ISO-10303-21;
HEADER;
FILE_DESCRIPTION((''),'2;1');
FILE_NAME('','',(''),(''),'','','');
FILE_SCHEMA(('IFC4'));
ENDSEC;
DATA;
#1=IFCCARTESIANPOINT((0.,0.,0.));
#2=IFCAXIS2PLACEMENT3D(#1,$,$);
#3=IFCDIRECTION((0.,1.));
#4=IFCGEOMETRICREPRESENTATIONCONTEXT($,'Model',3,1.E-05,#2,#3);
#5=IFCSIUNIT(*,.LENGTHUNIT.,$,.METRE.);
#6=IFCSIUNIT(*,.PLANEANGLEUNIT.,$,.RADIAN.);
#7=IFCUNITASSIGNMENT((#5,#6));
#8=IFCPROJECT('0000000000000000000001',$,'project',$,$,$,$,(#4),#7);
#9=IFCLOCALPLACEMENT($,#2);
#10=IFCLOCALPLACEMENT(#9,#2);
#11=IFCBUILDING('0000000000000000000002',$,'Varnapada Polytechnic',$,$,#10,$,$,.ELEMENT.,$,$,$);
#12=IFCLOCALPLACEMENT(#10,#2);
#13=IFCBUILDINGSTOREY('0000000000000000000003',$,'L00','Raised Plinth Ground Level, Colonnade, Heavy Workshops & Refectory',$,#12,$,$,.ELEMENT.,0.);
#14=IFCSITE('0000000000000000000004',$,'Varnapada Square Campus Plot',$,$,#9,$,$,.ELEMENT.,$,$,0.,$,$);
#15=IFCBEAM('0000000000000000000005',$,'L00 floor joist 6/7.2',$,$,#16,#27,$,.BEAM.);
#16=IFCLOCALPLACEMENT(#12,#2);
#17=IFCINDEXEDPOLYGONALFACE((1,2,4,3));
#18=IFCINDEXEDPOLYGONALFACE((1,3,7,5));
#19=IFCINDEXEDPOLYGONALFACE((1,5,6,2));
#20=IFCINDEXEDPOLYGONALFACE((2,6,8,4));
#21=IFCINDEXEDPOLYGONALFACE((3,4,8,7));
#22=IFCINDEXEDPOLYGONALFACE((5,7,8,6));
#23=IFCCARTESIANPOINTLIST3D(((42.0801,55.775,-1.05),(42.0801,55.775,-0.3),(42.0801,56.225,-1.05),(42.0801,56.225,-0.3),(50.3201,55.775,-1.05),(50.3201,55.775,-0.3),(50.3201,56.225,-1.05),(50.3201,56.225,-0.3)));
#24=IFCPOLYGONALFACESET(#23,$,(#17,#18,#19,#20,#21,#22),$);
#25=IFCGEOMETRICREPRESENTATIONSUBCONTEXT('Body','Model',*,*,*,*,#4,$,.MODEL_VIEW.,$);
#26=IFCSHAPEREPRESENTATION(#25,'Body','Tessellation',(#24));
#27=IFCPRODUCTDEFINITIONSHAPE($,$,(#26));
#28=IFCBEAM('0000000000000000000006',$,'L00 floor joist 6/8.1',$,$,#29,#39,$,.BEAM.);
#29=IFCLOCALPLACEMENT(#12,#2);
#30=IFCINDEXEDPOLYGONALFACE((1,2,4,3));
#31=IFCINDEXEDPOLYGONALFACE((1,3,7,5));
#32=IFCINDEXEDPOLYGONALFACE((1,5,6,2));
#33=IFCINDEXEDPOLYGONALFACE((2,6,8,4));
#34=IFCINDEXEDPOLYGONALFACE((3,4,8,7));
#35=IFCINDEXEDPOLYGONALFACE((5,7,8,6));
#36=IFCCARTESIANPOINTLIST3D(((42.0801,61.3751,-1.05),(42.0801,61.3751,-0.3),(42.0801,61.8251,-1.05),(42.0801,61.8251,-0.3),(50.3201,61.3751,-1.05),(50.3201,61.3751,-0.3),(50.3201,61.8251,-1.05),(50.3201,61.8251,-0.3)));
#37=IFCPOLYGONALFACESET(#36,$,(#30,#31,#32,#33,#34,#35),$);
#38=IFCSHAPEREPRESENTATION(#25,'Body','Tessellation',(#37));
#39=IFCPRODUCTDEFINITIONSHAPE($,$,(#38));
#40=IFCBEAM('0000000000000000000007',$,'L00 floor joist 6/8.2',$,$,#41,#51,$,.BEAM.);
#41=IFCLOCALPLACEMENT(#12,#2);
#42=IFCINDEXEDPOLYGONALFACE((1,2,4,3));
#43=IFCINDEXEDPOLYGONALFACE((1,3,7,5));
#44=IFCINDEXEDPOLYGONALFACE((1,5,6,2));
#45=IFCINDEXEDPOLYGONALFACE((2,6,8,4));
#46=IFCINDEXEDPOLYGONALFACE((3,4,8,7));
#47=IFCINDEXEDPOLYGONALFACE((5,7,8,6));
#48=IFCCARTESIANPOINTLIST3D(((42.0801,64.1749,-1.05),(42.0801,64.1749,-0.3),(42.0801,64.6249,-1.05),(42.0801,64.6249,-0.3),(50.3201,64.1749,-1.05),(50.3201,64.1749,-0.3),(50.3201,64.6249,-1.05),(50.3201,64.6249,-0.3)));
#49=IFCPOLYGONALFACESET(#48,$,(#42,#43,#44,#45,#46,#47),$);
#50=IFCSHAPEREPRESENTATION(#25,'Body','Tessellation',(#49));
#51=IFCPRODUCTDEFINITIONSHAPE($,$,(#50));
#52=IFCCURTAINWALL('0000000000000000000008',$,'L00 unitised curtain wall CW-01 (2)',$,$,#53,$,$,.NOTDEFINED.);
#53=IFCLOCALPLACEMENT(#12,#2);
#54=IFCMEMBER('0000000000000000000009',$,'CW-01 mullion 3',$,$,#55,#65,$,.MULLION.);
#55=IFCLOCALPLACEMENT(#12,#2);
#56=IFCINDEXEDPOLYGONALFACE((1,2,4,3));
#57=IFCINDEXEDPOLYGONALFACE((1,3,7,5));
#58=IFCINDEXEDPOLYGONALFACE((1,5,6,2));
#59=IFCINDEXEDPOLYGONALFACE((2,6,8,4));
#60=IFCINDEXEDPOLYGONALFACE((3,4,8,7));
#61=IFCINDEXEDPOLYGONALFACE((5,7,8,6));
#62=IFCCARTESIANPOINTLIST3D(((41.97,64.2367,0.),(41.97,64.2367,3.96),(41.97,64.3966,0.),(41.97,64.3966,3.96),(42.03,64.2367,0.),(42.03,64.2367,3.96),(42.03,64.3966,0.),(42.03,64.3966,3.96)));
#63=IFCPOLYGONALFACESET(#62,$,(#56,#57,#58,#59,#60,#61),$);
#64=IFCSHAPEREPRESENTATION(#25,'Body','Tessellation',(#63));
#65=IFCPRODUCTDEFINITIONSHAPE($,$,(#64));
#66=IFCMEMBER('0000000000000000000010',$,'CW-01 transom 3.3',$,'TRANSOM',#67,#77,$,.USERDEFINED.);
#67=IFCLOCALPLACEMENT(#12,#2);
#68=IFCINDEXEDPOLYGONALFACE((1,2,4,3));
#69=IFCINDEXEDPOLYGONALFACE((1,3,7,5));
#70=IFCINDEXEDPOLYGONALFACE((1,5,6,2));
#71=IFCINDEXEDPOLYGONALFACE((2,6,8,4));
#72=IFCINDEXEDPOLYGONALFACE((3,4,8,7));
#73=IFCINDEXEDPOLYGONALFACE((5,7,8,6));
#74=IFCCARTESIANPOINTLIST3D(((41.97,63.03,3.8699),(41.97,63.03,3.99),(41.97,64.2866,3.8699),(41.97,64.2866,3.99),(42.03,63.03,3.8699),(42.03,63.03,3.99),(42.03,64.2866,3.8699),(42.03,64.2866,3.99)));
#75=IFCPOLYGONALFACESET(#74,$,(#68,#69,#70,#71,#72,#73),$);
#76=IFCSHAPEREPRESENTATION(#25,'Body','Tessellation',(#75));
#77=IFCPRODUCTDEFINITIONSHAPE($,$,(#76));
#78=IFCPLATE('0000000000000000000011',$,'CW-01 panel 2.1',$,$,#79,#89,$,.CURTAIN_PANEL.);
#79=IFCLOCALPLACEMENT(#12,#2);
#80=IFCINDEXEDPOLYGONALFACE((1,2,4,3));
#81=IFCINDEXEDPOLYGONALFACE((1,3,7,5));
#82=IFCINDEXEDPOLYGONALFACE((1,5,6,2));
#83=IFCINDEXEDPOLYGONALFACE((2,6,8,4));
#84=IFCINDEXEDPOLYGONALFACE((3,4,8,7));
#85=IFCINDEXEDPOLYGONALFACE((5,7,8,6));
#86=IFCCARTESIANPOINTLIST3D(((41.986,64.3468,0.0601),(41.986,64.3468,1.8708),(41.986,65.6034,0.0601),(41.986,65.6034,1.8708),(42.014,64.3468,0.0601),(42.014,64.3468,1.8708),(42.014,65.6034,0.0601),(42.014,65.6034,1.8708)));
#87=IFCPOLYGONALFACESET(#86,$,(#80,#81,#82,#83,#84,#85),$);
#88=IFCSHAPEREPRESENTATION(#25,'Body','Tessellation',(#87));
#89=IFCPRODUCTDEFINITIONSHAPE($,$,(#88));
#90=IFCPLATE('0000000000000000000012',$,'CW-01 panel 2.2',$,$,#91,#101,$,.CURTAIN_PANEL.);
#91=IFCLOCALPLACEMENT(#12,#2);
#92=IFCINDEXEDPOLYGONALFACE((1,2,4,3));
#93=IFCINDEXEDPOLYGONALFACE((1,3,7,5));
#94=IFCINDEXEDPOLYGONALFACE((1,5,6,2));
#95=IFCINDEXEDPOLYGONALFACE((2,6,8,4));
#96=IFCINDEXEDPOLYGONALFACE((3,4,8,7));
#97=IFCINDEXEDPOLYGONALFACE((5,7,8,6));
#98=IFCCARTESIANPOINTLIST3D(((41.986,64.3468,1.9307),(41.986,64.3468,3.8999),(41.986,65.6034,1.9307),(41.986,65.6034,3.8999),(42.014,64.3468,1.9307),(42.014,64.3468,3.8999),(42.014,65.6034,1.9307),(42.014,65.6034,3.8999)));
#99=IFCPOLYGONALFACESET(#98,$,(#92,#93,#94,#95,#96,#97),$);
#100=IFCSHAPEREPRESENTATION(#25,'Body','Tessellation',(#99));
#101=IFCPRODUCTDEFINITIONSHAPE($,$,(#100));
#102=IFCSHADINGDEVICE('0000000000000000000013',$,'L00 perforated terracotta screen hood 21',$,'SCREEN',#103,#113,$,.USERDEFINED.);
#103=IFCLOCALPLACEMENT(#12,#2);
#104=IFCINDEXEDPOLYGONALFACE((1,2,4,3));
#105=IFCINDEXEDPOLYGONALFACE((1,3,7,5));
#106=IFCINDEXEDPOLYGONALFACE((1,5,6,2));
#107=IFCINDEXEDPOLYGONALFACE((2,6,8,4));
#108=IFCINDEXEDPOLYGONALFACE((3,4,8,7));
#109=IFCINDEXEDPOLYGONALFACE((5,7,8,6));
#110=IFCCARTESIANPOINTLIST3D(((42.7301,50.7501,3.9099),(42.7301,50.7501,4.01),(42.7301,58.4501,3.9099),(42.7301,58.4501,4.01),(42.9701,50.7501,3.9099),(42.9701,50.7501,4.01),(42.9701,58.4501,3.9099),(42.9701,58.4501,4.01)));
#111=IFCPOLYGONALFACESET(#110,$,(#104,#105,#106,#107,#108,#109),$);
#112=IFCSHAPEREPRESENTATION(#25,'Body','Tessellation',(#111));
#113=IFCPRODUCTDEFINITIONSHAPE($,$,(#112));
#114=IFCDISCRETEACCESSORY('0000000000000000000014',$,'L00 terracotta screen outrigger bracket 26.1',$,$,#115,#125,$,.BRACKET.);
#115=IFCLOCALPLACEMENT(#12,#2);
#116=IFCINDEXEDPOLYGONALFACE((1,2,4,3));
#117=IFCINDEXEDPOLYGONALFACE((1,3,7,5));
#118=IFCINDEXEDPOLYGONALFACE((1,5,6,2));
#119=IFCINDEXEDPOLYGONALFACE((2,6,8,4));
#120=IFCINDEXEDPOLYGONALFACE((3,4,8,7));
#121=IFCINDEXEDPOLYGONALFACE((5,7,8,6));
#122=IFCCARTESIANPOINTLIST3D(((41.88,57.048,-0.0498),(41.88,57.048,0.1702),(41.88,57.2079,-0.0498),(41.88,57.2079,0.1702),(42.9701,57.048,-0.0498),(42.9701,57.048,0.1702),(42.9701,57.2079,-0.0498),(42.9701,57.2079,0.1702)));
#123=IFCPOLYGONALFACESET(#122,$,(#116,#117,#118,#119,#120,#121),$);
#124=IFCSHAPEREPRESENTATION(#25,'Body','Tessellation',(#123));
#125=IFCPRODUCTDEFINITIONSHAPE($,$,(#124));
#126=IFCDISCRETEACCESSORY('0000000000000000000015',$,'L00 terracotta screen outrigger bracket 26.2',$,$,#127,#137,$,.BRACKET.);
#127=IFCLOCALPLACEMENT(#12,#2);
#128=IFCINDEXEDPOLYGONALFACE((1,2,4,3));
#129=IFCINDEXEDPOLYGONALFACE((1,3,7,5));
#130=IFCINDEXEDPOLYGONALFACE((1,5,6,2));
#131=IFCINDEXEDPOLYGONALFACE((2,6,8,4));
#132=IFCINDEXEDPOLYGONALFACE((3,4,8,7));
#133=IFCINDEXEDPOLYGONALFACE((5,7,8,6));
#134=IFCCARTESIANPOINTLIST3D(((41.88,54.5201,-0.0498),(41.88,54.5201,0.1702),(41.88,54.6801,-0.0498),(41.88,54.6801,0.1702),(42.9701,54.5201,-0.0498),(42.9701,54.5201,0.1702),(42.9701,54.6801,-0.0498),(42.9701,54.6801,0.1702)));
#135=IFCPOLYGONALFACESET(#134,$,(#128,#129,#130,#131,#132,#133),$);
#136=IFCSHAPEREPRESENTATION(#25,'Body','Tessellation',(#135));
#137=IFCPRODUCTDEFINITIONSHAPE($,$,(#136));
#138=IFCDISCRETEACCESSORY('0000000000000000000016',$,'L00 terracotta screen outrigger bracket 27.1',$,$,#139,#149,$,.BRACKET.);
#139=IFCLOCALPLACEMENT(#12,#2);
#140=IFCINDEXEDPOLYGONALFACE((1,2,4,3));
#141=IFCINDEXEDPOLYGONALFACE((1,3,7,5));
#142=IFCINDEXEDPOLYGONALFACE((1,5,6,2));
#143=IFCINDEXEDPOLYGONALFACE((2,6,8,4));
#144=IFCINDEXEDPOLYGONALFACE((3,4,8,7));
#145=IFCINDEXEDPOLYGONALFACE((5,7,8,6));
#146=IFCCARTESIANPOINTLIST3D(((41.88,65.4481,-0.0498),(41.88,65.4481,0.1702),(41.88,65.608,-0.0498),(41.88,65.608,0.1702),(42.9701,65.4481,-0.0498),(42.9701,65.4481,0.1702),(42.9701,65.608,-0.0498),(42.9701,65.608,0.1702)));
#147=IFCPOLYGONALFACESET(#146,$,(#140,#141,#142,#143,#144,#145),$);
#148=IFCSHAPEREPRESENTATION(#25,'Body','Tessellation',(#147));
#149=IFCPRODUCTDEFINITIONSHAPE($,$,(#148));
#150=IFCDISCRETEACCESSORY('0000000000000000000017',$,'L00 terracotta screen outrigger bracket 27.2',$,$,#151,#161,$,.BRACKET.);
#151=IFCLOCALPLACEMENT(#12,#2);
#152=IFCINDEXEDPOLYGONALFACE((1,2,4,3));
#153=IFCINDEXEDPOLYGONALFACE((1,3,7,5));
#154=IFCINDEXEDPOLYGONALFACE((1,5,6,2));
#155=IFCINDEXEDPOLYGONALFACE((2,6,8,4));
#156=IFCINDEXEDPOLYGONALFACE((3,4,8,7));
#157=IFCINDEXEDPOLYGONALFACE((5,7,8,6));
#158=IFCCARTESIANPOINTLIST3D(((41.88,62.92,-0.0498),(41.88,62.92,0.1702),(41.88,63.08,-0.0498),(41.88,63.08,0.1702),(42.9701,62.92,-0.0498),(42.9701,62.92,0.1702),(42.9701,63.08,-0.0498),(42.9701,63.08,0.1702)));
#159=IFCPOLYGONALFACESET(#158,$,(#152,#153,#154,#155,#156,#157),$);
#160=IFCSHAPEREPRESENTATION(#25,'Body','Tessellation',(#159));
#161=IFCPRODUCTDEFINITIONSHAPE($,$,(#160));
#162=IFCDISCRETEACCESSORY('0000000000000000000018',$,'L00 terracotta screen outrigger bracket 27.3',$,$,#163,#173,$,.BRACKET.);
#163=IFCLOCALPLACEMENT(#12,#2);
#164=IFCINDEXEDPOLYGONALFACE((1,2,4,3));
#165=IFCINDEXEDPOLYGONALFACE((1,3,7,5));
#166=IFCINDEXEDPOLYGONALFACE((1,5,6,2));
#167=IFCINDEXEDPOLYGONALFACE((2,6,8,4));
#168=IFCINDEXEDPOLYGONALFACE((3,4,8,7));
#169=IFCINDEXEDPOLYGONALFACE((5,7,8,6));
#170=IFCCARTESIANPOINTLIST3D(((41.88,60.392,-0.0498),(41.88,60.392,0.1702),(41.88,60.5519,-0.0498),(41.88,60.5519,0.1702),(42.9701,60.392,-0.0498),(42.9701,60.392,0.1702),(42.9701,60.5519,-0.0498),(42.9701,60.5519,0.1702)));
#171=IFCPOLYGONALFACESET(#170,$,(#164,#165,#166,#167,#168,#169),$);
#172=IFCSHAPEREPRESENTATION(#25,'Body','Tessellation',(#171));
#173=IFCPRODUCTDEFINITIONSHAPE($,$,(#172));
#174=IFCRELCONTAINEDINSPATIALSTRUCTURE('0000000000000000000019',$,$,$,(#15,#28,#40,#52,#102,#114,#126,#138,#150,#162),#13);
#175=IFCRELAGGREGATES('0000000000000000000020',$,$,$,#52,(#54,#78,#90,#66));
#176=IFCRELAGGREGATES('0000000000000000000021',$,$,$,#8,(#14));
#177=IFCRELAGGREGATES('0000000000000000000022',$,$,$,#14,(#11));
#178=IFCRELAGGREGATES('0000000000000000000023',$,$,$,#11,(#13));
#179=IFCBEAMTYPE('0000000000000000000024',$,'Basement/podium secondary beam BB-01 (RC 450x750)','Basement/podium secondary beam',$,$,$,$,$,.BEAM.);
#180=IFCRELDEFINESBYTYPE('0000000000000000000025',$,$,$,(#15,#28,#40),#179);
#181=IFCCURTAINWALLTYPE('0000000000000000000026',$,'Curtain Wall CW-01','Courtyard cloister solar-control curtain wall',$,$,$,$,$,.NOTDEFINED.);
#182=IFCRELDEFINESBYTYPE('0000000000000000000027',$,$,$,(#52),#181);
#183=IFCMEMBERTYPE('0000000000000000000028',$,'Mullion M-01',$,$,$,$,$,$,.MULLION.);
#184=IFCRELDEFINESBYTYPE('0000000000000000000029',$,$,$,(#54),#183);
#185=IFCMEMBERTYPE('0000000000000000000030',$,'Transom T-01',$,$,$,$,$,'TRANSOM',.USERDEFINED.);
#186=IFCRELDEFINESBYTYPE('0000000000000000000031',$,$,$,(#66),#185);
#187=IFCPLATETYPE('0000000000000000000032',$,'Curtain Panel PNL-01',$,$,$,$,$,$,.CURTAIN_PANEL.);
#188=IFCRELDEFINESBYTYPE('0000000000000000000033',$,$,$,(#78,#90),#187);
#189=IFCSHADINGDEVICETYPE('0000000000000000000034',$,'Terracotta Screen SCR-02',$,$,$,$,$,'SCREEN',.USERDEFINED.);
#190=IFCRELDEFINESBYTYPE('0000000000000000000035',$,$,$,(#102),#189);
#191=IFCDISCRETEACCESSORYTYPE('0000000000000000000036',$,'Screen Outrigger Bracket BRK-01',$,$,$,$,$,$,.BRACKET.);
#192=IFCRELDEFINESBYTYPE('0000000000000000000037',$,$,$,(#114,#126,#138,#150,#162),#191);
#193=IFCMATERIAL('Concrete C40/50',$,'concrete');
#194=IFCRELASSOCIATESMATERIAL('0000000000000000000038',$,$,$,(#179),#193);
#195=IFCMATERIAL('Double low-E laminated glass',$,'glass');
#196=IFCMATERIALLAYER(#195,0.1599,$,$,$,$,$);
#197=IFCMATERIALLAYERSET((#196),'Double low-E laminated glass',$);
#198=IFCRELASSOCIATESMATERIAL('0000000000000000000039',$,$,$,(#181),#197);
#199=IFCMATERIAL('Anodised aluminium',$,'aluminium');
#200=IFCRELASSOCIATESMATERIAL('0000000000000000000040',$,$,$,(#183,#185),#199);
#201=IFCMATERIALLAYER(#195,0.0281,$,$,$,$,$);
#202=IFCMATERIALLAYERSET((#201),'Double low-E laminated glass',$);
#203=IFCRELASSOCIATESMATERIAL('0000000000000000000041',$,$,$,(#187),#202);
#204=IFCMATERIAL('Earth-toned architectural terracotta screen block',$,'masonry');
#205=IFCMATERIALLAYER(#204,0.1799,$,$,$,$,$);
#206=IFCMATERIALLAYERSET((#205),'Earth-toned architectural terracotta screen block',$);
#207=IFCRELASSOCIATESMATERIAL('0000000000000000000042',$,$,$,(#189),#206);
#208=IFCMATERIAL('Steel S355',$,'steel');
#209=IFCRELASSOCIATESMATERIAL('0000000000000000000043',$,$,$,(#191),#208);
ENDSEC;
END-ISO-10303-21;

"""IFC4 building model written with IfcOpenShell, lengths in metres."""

from ifc_helpers import new_model, si_unit, direction, frame, origin, origin_2d, place, context, subcontext, project, spatial, rectangle, extrude, material, layer, layer_set, material_profile, profile_set, type_object, element, aggregate, save


model = new_model("IFC4")

# Units and contexts
model_context = context("Model", 3, precision=1e-05, world=origin(), true_north=direction((0.0, 1.0)))
body_context = subcontext(model_context, "Body", "Model", "MODEL_VIEW")
ifc_project = project(units=[si_unit("LENGTHUNIT", "METRE"), si_unit("PLANEANGLEUNIT", "RADIAN")], contexts=[model_context])

# Site, building, storey
site_placement = place(None, origin())
site = spatial("IfcSite", under=ifc_project, at=site_placement, Name="Varnapada Square Campus Plot", CompositionType="ELEMENT", RefElevation=0.0)
building_placement = place(site_placement, origin())
building = spatial("IfcBuilding", under=site, at=building_placement, Name="Varnapada Polytechnic", CompositionType="ELEMENT")
storey_placement = place(building_placement, origin())
storey = spatial("IfcBuildingStorey", under=building, at=storey_placement, Name="L00", Description="Raised Plinth Ground Level, Colonnade, Heavy Workshops & Refectory", CompositionType="ELEMENT", Elevation=0.0)

# Beams
ifc_material_1 = material(Name="Concrete C40/50", Category="concrete")
ifc_material_profile_1 = material_profile(ifc_material_1, rectangle(XDim=0.45, YDim=0.75, at=origin_2d()), Name="RC 450x750")
ifc_profile_set_1 = profile_set([ifc_material_profile_1], Name="Concrete C40/50")
beam_type = type_object("IfcBeamType", Name="Basement/podium secondary beam BB-01 (RC 450x750)", Description="Basement/podium secondary beam", PredefinedType="BEAM", material=ifc_profile_set_1)
for number, where, z_axis, x_axis, name in (
    (1, (42.0801, 56.0, -0.675), (1.0, 0.0, 0.0), (0.0, 1.0, 0.0), "L00 floor joist 6/7.2"),
    (2, (42.0801, 61.6001, -0.675), (1.0, 0.0, 0.0), (0.0, 1.0, 0.0), "L00 floor joist 6/8.1"),
    (3, (42.0801, 64.3999, -0.675), (1.0, 0.0, 0.0), (0.0, 1.0, 0.0), "L00 floor joist 6/8.2"),
):
    element("IfcBeam", number, at=place(storey_placement, frame(where, z_axis=z_axis, x_axis=x_axis)), inside=storey, type_object=beam_type, Name=name, PredefinedType="BEAM", context=body_context, shape_type="SweptSolid", body=[
        extrude(rectangle(XDim=0.45, YDim=0.75, at=origin_2d()), origin(), (0.0, 0.0, 1.0), 8.24),
    ])

# Curtain wall, members, plates
ifc_material_2 = material(Name="Double low-E laminated glass", Category="glass")
ifc_layer_1 = layer(ifc_material_2, 0.1599)
ifc_layer_set_1 = layer_set([ifc_layer_1], Name="Double low-E laminated glass")
curtain_wall_type = type_object("IfcCurtainWallType", Name="Curtain Wall CW-01", Description="Courtyard cloister solar-control curtain wall", PredefinedType="NOTDEFINED", material=ifc_layer_set_1)
curtain_wall_placement = place(storey_placement, origin())
curtain_wall = element("IfcCurtainWall", 4, at=curtain_wall_placement, inside=storey, type_object=curtain_wall_type, Name="L00 unitised curtain wall CW-01 (2)", PredefinedType="NOTDEFINED")
ifc_material_3 = material(Name="Anodised aluminium", Category="aluminium")
ifc_material_profile_2 = material_profile(ifc_material_3, rectangle(XDim=0.0601, YDim=0.1599, at=origin_2d()), Name="ALU M60x160")
ifc_profile_set_2 = profile_set([ifc_material_profile_2], Name="Anodised aluminium")
member_type_1 = type_object("IfcMemberType", Name="Mullion M-01", PredefinedType="MULLION", material=ifc_profile_set_2)
member_1_placement = place(storey_placement, frame((42.0, 64.3167, 0.0), z_axis=(0.0, 0.0, 1.0), x_axis=(1.0, 0.0, 0.0)))
member_1 = element("IfcMember", 5, at=member_1_placement, type_object=member_type_1, Name="CW-01 mullion 3", PredefinedType="MULLION", context=body_context, shape_type="SweptSolid", body=[
    extrude(rectangle(XDim=0.0601, YDim=0.1599, at=origin_2d()), origin(), (0.0, 0.0, 1.0), 3.96),
])
ifc_material_profile_3 = material_profile(ifc_material_3, rectangle(XDim=0.0601, YDim=0.1201, at=origin_2d()), Name="ALU T60x120")
ifc_profile_set_3 = profile_set([ifc_material_profile_3], Name="Anodised aluminium")
member_type_2 = type_object("IfcMemberType", Name="Transom T-01", ElementType="TRANSOM", PredefinedType="USERDEFINED", material=ifc_profile_set_3)
member_2_placement = place(storey_placement, frame((42.0, 64.2866, 3.9299), z_axis=(0.0, -1.0, 0.0), x_axis=(1.0, 0.0, 0.0)))
member_2 = element("IfcMember", 6, at=member_2_placement, type_object=member_type_2, Name="CW-01 transom 3.3", ObjectType="TRANSOM", PredefinedType="USERDEFINED", context=body_context, shape_type="SweptSolid", body=[
    extrude(rectangle(XDim=0.0601, YDim=0.1201, at=origin_2d()), origin(), (0.0, 0.0, 1.0), 1.2566),
])
ifc_layer_2 = layer(ifc_material_2, 0.0281)
ifc_layer_set_2 = layer_set([ifc_layer_2], Name="Double low-E laminated glass")
plate_type = type_object("IfcPlateType", Name="Curtain Panel PNL-01", PredefinedType="CURTAIN_PANEL", material=ifc_layer_set_2)
plate_1_placement = place(storey_placement, frame((42.0, 64.9751, 0.0601), z_axis=(0.0, 0.0, 1.0), x_axis=(0.0, -1.0, 0.0)))
plate_1 = element("IfcPlate", 7, at=plate_1_placement, type_object=plate_type, Name="CW-01 panel 2.1", PredefinedType="CURTAIN_PANEL", context=body_context, shape_type="SweptSolid", body=[
    extrude(rectangle(XDim=1.2566, YDim=0.0281, at=origin_2d()), origin(), (0.0, 0.0, 1.0), 1.8108),
])
plate_2_placement = place(storey_placement, frame((42.0, 64.9751, 1.9307), z_axis=(0.0, 0.0, 1.0), x_axis=(0.0, -1.0, 0.0)))
plate_2 = element("IfcPlate", 8, at=plate_2_placement, type_object=plate_type, Name="CW-01 panel 2.2", PredefinedType="CURTAIN_PANEL", context=body_context, shape_type="SweptSolid", body=[
    extrude(rectangle(XDim=1.2566, YDim=0.0281, at=origin_2d()), origin(), (0.0, 0.0, 1.0), 1.9692),
])
aggregate(curtain_wall, [member_1, plate_1, plate_2, member_2])

# Shading device
ifc_material_4 = material(Name="Earth-toned architectural terracotta screen block", Category="masonry")
ifc_layer_3 = layer(ifc_material_4, 0.1799)
ifc_layer_set_3 = layer_set([ifc_layer_3], Name="Earth-toned architectural terracotta screen block")
shading_device_type = type_object("IfcShadingDeviceType", Name="Terracotta Screen SCR-02", ElementType="SCREEN", PredefinedType="USERDEFINED", material=ifc_layer_set_3)
shading_device_placement = place(storey_placement, frame((42.8501, 54.6001, 3.9099), z_axis=(0.0, 0.0, 1.0), x_axis=(0.0, -1.0, 0.0)))
element("IfcShadingDevice", 9, at=shading_device_placement, inside=storey, type_object=shading_device_type, Name="L00 perforated terracotta screen hood 21", ObjectType="SCREEN", PredefinedType="USERDEFINED", context=body_context, shape_type="SweptSolid", body=[
    extrude(rectangle(XDim=7.7, YDim=0.24, at=origin_2d()), origin(), (0.0, 0.0, 1.0), 0.1001),
])

# Discrete accessories
ifc_material_5 = material(Name="Steel S355", Category="steel")
discrete_accessory_type = type_object("IfcDiscreteAccessoryType", Name="Screen Outrigger Bracket BRK-01", PredefinedType="BRACKET", material=ifc_material_5)
for number, where, z_axis, x_axis, name in (
    (10, (42.425, 57.1279, -0.0498), (0.0, 0.0, 1.0), (0.0, -1.0, 0.0), "L00 terracotta screen outrigger bracket 26.1"),
    (11, (42.425, 54.6001, -0.0498), (0.0, 0.0, 1.0), (0.0, -1.0, 0.0), "L00 terracotta screen outrigger bracket 26.2"),
    (12, (42.425, 65.5281, -0.0498), (0.0, 0.0, 1.0), (0.0, -1.0, 0.0), "L00 terracotta screen outrigger bracket 27.1"),
    (13, (42.425, 63.0, -0.0498), (0.0, 0.0, 1.0), (0.0, -1.0, 0.0), "L00 terracotta screen outrigger bracket 27.2"),
    (14, (42.425, 60.4719, -0.0498), (0.0, 0.0, 1.0), (0.0, -1.0, 0.0), "L00 terracotta screen outrigger bracket 27.3"),
):
    element("IfcDiscreteAccessory", number, at=place(storey_placement, frame(where, z_axis=z_axis, x_axis=x_axis)), inside=storey, type_object=discrete_accessory_type, Name=name, PredefinedType="BRACKET", context=body_context, shape_type="SweptSolid", body=[
        extrude(rectangle(XDim=0.1599, YDim=1.0901, at=origin_2d()), origin(), (0.0, 0.0, 1.0), 0.22),
    ])

save(model, "model.ifc")
